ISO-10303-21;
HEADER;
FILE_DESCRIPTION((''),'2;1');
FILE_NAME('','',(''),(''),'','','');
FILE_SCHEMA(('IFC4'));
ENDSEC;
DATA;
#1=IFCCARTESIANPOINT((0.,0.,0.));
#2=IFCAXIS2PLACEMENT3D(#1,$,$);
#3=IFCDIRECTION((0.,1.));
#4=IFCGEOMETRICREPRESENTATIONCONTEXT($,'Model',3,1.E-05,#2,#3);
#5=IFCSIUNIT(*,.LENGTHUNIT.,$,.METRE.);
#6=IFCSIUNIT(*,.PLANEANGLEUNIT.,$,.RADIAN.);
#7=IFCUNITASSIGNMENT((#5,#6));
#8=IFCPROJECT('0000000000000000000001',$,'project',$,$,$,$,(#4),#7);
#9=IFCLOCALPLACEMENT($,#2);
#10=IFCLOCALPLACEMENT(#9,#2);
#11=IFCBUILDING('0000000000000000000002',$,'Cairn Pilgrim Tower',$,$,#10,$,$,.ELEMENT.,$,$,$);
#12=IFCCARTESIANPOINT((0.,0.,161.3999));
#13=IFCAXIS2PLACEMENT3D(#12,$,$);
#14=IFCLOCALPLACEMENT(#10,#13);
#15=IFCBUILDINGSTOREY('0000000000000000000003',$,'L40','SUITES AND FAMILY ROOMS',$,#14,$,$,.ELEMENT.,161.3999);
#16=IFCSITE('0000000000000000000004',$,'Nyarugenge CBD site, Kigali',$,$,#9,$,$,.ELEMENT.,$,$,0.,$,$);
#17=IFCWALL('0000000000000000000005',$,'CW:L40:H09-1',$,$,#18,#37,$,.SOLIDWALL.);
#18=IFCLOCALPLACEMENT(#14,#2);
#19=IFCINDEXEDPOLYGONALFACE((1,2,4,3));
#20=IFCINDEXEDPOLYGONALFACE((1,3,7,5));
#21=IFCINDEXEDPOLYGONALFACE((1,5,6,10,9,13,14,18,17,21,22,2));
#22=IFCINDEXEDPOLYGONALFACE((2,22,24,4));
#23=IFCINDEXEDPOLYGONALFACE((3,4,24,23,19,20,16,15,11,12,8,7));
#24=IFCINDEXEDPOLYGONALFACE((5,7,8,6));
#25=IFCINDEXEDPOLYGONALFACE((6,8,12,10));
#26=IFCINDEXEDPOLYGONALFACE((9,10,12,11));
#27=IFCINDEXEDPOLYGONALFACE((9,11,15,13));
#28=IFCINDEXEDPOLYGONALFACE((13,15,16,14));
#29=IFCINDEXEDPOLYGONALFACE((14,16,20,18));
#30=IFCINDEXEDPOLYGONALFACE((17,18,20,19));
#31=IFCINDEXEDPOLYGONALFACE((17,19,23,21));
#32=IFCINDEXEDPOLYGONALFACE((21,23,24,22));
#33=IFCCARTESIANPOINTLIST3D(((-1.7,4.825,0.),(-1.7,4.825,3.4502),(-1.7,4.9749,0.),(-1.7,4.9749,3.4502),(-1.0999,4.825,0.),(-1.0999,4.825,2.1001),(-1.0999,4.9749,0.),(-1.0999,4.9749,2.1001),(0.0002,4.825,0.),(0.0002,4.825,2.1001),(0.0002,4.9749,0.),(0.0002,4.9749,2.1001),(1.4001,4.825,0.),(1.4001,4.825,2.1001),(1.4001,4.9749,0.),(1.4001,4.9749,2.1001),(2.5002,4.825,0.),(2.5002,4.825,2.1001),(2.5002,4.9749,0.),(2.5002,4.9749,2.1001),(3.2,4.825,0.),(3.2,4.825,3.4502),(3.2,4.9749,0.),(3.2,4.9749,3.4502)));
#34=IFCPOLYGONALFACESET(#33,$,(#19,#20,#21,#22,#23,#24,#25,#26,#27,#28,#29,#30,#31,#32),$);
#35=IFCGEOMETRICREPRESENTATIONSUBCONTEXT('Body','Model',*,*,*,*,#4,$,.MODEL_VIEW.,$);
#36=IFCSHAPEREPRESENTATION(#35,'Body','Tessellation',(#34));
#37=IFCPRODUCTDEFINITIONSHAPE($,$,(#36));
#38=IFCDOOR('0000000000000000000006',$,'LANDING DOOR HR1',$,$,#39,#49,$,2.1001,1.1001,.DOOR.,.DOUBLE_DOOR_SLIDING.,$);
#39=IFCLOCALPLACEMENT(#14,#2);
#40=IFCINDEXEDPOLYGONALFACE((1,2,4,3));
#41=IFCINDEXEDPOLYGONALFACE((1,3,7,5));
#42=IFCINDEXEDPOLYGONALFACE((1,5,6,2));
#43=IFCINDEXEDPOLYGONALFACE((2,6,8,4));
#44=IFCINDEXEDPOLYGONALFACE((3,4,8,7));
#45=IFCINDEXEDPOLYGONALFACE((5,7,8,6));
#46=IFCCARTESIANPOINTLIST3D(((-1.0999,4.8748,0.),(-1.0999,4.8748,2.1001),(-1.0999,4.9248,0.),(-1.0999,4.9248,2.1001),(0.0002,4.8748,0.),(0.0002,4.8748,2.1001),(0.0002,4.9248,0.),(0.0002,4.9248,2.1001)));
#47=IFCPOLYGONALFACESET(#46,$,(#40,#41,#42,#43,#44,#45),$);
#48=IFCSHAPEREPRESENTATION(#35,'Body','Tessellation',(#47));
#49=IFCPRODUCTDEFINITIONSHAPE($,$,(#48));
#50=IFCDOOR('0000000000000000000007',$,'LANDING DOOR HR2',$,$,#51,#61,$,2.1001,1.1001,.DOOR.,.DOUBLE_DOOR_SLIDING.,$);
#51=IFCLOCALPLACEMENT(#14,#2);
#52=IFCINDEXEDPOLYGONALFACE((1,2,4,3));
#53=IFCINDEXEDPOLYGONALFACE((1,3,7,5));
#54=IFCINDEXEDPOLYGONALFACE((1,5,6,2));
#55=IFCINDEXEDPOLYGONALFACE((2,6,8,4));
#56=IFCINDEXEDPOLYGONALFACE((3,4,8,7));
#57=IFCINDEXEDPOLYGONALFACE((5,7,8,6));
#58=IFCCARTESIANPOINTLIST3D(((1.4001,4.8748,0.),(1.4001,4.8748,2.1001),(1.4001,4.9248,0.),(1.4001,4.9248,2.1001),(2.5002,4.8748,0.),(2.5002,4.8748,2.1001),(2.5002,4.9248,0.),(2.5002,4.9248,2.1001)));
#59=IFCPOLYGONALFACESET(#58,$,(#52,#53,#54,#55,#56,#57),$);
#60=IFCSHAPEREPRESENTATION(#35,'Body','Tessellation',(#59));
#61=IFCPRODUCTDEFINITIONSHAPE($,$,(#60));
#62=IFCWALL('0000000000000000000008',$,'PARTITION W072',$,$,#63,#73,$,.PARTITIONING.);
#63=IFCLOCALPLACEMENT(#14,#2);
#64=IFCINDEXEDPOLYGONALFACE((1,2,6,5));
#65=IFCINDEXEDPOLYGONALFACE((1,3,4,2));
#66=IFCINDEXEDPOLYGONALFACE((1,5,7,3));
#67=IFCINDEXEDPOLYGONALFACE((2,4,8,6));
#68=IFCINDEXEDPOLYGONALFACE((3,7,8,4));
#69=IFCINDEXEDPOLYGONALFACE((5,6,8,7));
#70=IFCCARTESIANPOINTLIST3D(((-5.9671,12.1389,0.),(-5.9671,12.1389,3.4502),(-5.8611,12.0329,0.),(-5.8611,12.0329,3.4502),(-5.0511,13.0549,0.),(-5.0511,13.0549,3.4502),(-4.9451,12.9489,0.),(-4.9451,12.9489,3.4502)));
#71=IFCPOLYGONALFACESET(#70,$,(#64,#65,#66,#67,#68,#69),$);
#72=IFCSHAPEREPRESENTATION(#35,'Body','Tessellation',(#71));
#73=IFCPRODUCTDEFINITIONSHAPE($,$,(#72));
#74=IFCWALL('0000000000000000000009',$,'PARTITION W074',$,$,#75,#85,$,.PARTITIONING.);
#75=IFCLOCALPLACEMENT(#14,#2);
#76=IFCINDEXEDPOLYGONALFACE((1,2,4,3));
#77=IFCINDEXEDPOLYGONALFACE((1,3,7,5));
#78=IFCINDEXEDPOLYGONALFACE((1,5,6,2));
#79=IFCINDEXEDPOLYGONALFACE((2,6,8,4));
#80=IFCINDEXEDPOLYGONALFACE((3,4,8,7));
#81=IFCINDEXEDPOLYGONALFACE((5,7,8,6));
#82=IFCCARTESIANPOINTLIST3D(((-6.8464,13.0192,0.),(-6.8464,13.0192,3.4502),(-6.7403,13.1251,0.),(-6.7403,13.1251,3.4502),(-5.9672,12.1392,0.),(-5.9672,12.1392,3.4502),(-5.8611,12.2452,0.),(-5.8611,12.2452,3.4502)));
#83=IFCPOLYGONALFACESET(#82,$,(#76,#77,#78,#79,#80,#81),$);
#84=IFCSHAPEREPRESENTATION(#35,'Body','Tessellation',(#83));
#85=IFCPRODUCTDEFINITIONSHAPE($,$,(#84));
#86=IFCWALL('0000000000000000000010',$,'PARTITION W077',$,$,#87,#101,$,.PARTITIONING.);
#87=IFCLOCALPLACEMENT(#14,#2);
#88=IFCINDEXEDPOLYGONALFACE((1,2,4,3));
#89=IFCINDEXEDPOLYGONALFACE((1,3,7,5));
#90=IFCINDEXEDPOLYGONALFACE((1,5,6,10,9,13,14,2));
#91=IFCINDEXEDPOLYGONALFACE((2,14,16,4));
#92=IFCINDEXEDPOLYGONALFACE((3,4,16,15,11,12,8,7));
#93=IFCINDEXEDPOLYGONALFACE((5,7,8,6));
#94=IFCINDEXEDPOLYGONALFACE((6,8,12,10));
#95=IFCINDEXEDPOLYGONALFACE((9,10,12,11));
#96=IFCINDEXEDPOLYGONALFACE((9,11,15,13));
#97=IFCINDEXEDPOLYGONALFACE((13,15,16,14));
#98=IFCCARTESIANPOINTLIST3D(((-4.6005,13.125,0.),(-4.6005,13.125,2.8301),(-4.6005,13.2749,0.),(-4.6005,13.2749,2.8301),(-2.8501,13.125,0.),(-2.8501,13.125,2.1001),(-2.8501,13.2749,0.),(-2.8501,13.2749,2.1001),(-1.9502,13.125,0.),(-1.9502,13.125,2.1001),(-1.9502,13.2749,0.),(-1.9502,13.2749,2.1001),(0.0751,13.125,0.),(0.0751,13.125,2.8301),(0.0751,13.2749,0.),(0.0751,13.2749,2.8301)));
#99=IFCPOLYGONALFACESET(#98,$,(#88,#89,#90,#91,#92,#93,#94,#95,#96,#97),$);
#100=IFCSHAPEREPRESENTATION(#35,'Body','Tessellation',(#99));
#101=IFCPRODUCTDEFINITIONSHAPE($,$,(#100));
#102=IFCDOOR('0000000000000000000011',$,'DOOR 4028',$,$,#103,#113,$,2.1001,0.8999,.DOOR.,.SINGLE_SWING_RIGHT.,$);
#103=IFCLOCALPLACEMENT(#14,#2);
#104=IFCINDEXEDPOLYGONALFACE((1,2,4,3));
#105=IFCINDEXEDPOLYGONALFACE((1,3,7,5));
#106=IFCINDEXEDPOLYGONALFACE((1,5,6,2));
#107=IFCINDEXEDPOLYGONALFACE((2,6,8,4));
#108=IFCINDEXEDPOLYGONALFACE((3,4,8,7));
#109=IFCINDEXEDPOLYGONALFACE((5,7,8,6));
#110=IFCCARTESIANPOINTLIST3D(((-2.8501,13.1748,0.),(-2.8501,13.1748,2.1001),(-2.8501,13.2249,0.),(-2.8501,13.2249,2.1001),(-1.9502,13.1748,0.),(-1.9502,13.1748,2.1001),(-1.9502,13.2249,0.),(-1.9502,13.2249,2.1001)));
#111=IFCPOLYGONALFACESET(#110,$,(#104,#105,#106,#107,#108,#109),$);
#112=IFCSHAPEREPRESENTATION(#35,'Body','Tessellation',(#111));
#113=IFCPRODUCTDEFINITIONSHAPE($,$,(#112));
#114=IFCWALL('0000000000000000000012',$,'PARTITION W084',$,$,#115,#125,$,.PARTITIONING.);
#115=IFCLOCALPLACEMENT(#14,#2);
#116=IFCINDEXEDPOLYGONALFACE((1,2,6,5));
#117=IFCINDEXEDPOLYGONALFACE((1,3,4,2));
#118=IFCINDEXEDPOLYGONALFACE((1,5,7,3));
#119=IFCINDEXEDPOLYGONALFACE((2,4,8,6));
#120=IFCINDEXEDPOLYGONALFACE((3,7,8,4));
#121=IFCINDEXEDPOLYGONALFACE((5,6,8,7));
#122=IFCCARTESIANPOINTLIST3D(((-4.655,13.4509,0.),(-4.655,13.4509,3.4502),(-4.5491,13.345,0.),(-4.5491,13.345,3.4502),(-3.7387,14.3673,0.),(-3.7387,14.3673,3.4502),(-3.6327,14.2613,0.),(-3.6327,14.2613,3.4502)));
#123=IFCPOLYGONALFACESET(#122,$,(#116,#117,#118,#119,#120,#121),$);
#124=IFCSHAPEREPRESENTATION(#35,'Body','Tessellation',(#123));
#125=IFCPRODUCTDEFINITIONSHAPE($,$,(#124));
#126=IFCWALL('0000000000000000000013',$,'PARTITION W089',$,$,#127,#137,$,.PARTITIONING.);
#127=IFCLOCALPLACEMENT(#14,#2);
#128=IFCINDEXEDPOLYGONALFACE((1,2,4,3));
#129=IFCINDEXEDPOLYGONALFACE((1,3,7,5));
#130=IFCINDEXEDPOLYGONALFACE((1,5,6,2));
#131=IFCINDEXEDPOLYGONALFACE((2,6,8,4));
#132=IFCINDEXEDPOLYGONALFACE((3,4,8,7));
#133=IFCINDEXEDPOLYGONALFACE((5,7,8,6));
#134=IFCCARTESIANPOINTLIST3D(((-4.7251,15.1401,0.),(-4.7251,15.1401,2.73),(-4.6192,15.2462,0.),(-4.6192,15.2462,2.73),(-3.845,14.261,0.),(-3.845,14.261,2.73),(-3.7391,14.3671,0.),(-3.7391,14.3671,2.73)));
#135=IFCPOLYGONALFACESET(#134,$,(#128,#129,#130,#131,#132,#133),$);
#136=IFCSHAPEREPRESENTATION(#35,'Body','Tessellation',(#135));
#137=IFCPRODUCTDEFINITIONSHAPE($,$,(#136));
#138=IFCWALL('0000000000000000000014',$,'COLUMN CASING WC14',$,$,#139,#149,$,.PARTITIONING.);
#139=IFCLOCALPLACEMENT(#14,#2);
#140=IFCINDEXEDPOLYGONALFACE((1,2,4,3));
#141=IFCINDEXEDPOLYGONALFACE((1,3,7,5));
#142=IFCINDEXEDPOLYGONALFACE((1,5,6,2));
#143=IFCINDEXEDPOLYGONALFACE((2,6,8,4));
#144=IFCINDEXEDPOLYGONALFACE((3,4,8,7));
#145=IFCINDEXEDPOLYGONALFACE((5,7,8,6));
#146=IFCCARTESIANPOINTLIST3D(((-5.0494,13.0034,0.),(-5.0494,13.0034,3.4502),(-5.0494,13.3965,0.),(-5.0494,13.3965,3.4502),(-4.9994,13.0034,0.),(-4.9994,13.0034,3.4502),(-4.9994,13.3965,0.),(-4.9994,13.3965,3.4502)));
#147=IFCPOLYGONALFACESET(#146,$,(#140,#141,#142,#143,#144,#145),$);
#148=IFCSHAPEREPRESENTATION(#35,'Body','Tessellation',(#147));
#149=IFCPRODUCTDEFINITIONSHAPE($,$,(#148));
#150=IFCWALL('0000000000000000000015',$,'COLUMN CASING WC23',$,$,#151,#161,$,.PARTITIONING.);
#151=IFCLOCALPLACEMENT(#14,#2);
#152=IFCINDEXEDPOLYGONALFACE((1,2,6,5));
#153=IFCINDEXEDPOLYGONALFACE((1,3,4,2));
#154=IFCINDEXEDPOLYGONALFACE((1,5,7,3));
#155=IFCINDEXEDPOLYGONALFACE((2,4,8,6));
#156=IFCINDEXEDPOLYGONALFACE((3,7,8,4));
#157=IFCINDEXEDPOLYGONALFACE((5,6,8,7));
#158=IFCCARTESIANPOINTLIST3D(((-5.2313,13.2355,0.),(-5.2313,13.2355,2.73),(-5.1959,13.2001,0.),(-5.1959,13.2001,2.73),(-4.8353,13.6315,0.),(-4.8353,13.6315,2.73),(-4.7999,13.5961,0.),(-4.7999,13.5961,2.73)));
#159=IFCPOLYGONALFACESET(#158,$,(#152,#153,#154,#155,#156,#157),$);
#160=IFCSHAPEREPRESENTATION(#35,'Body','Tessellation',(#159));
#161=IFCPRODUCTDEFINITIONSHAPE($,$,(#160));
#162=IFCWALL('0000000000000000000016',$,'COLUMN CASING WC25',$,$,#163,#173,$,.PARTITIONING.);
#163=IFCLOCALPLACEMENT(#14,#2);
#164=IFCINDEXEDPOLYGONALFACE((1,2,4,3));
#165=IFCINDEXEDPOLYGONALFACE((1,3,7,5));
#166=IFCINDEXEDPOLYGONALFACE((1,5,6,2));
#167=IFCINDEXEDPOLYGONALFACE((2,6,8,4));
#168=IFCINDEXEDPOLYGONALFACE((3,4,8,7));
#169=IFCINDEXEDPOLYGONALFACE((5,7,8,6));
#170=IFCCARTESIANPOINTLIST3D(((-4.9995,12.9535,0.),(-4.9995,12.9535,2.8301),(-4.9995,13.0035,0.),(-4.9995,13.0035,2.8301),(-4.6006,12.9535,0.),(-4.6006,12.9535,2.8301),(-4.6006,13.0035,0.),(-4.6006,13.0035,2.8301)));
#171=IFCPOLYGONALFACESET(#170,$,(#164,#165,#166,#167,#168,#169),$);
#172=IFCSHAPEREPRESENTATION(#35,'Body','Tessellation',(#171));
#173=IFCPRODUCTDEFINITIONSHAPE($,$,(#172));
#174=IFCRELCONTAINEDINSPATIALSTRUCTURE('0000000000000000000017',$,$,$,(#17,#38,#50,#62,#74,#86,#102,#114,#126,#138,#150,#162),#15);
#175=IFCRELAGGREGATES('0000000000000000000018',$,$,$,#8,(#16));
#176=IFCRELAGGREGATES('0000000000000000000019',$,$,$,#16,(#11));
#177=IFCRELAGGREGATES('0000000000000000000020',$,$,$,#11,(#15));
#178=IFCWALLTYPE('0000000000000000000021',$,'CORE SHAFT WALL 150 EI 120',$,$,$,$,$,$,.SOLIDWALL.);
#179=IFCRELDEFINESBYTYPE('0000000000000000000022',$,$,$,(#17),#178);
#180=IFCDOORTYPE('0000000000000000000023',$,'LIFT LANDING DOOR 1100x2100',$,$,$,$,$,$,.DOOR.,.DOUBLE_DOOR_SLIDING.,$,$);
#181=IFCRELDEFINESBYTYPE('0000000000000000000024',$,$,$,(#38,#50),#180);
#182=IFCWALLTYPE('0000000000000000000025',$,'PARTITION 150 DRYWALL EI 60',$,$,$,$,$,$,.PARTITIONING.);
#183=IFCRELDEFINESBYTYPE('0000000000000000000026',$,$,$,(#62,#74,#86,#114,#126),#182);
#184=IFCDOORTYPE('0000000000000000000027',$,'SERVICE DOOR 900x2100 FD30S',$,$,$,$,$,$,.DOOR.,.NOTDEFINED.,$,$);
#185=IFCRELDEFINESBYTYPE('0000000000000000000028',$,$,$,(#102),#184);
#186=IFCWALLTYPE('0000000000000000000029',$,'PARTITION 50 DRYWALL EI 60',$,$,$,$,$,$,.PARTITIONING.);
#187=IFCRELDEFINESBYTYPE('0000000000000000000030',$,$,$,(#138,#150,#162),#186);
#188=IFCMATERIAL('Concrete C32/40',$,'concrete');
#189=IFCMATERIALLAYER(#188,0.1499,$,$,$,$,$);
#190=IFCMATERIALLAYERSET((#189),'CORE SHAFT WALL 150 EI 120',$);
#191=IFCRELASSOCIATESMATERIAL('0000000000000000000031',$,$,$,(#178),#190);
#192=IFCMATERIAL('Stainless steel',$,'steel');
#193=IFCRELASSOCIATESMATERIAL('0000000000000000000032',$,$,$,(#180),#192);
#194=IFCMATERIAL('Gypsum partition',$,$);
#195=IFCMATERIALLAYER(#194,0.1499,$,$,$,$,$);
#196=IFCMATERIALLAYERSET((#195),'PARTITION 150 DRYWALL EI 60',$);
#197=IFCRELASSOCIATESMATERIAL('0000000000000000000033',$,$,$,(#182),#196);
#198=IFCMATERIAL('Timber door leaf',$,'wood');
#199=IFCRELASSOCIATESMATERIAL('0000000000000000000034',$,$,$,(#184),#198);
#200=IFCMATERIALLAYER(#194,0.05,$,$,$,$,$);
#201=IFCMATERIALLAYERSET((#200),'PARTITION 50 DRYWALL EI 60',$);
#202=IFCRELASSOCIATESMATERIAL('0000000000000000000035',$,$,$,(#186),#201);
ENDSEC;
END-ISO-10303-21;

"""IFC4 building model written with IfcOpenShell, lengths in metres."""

from ifc_helpers import new_model, si_unit, direction, frame, frame_2d, origin, place, context, subcontext, project, spatial, rectangle, extrude, material, layer, layer_set, type_object, element, fill, save


model = new_model("IFC4")

# Units and contexts
model_context = context("Model", 3, precision=1e-05, world=origin(), true_north=direction((0.0, 1.0)))
body_context = subcontext(model_context, "Body", "Model", "MODEL_VIEW")
ifc_project = project(units=[si_unit("LENGTHUNIT", "METRE"), si_unit("PLANEANGLEUNIT", "RADIAN")], contexts=[model_context])

# Site, building, storey
site_placement = place(None, origin())
site = spatial("IfcSite", under=ifc_project, at=site_placement, Name="Nyarugenge CBD site, Kigali", CompositionType="ELEMENT", RefElevation=0.0)
building_placement = place(site_placement, origin())
building = spatial("IfcBuilding", under=site, at=building_placement, Name="Cairn Pilgrim Tower", CompositionType="ELEMENT")
storey_placement = place(building_placement, frame((0.0, 0.0, 161.3999)))
storey = spatial("IfcBuildingStorey", under=building, at=storey_placement, Name="L40", Description="SUITES AND FAMILY ROOMS", CompositionType="ELEMENT", Elevation=161.3999)

# Wall, openings, doors
ifc_material_1 = material(Name="Concrete C32/40", Category="concrete")
ifc_layer_1 = layer(ifc_material_1, 0.1499)
ifc_layer_set_1 = layer_set([ifc_layer_1], Name="CORE SHAFT WALL 150 EI 120")
wall_type_1 = type_object("IfcWallType", Name="CORE SHAFT WALL 150 EI 120", PredefinedType="SOLIDWALL", material=ifc_layer_set_1)
wall_1_placement = place(storey_placement, frame((-1.7, 4.8999, 0.0), z_axis=(0.0, 0.0, 1.0), x_axis=(1.0, 0.0, 0.0)))
wall_1 = element("IfcWall", 1, at=wall_1_placement, inside=storey, type_object=wall_type_1, Name="CW:L40:H09-1", PredefinedType="SOLIDWALL", context=body_context, shape_type="SweptSolid", body=[
    extrude(rectangle(XDim=4.8999, YDim=0.1499, at=frame_2d((2.45, 0.0))), origin(), (0.0, 0.0, 1.0), 3.4502),
])
opening_1_placement = place(wall_1_placement, frame((0.6001, 0.0, 0.0)))
opening_1 = element("IfcOpeningElement", 2, at=opening_1_placement, cuts=wall_1, PredefinedType="OPENING", context=body_context, shape_type="SweptSolid", body=[
    extrude(rectangle(XDim=1.1001, YDim=2.1001, at=frame_2d((0.55, 1.05))), frame((0.0, 0.085, 0.0), z_axis=(0.0, -1.0, 0.0), x_axis=(1.0, 0.0, 0.0)), (0.0, 0.0, 1.0), 0.1699),
])
opening_2_placement = place(wall_1_placement, frame((3.1001, 0.0, 0.0)))
opening_2 = element("IfcOpeningElement", 3, at=opening_2_placement, cuts=wall_1, PredefinedType="OPENING", context=body_context, shape_type="SweptSolid", body=[
    extrude(rectangle(XDim=1.1001, YDim=2.1001, at=frame_2d((0.55, 1.05))), frame((0.0, 0.085, 0.0), z_axis=(0.0, -1.0, 0.0), x_axis=(1.0, 0.0, 0.0)), (0.0, 0.0, 1.0), 0.1699),
])
ifc_material_2 = material(Name="Stainless steel", Category="steel")
door_type_1 = type_object("IfcDoorType", Name="LIFT LANDING DOOR 1100x2100", OperationType="DOUBLE_DOOR_SLIDING", PredefinedType="DOOR", material=ifc_material_2)
door_1_placement = place(opening_1_placement, origin())
door_1 = element("IfcDoor", 4, at=door_1_placement, inside=storey, type_object=door_type_1, Name="LANDING DOOR HR1", OperationType="DOUBLE_DOOR_SLIDING", OverallHeight=2.1001, OverallWidth=1.1001, PredefinedType="DOOR", context=body_context, shape_type="SweptSolid", body=[
    extrude(rectangle(XDim=1.1001, YDim=2.1001, at=frame_2d((0.55, 1.05))), frame((0.0, 0.0249, 0.0), z_axis=(0.0, -1.0, 0.0), x_axis=(1.0, 0.0, 0.0)), (0.0, 0.0, 1.0), 0.05),
])
fill(opening_1, door_1)
door_2_placement = place(opening_2_placement, origin())
door_2 = element("IfcDoor", 5, at=door_2_placement, inside=storey, type_object=door_type_1, Name="LANDING DOOR HR2", OperationType="DOUBLE_DOOR_SLIDING", OverallHeight=2.1001, OverallWidth=1.1001, PredefinedType="DOOR", context=body_context, shape_type="SweptSolid", body=[
    extrude(rectangle(XDim=1.1001, YDim=2.1001, at=frame_2d((0.55, 1.05))), frame((0.0, 0.0249, 0.0), z_axis=(0.0, -1.0, 0.0), x_axis=(1.0, 0.0, 0.0)), (0.0, 0.0, 1.0), 0.05),
])
fill(opening_2, door_2)

# Walls
ifc_material_3 = material(Name="Gypsum partition")
ifc_layer_2 = layer(ifc_material_3, 0.1499)
ifc_layer_set_2 = layer_set([ifc_layer_2], Name="PARTITION 150 DRYWALL EI 60")
wall_type_2 = type_object("IfcWallType", Name="PARTITION 150 DRYWALL EI 60", PredefinedType="PARTITIONING", material=ifc_layer_set_2)
wall_2_placement = place(storey_placement, frame((-5.9141, 12.0859, 0.0), z_axis=(0.0, 0.0, 1.0), x_axis=(0.707107, 0.707107, 0.0)))
element("IfcWall", 6, at=wall_2_placement, inside=storey, type_object=wall_type_2, Name="PARTITION W072", PredefinedType="PARTITIONING", context=body_context, shape_type="SweptSolid", body=[
    extrude(rectangle(XDim=1.2954, YDim=0.1499, at=frame_2d((0.6477, 0.0))), origin(), (0.0, 0.0, 1.0), 3.4502),
])
wall_3_placement = place(storey_placement, frame((-5.9141, 12.1921, 0.0), z_axis=(0.0, 0.0, 1.0), x_axis=(-0.706812, 0.707401, 0.0)))
element("IfcWall", 7, at=wall_3_placement, inside=storey, type_object=wall_type_2, Name="PARTITION W074", PredefinedType="PARTITIONING", context=body_context, shape_type="SweptSolid", body=[
    extrude(rectangle(XDim=1.2439, YDim=0.1499, at=frame_2d((0.6221, 0.0))), origin(), (0.0, 0.0, 1.0), 3.4502),
])

# Wall, opening, door
wall_4_placement = place(storey_placement, frame((-4.6006, 13.2, 0.0), z_axis=(0.0, 0.0, 1.0), x_axis=(1.0, 0.0, 0.0)))
wall_4 = element("IfcWall", 8, at=wall_4_placement, inside=storey, type_object=wall_type_2, Name="PARTITION W077", PredefinedType="PARTITIONING", context=body_context, shape_type="SweptSolid", body=[
    extrude(rectangle(XDim=4.6755, YDim=0.1499, at=frame_2d((2.3379, 0.0))), origin(), (0.0, 0.0, 1.0), 2.8301),
])
opening_3_placement = place(wall_4_placement, frame((1.7505, 0.0, 0.0)))
opening_3 = element("IfcOpeningElement", 9, at=opening_3_placement, cuts=wall_4, PredefinedType="OPENING", context=body_context, shape_type="SweptSolid", body=[
    extrude(rectangle(XDim=0.8999, YDim=2.1001, at=frame_2d((0.45, 1.05))), frame((0.0, 0.085, 0.0), z_axis=(0.0, -1.0, 0.0), x_axis=(1.0, 0.0, 0.0)), (0.0, 0.0, 1.0), 0.1699),
])
ifc_material_4 = material(Name="Timber door leaf", Category="wood")
door_type_2 = type_object("IfcDoorType", Name="SERVICE DOOR 900x2100 FD30S", OperationType="NOTDEFINED", PredefinedType="DOOR", material=ifc_material_4)
door_3_placement = place(opening_3_placement, origin())
door_3 = element("IfcDoor", 10, at=door_3_placement, inside=storey, type_object=door_type_2, Name="DOOR 4028", OperationType="SINGLE_SWING_RIGHT", OverallHeight=2.1001, OverallWidth=0.8999, PredefinedType="DOOR", context=body_context, shape_type="SweptSolid", body=[
    extrude(rectangle(XDim=0.8999, YDim=2.1001, at=frame_2d((0.45, 1.05))), frame((0.0, 0.0249, 0.0), z_axis=(0.0, -1.0, 0.0), x_axis=(1.0, 0.0, 0.0)), (0.0, 0.0, 1.0), 0.05),
])
fill(opening_3, door_3)

# Walls
wall_5_placement = place(storey_placement, frame((-4.6021, 13.3979, 0.0), z_axis=(0.0, 0.0, 1.0), x_axis=(0.707107, 0.707107, 0.0)))
element("IfcWall", 11, at=wall_5_placement, inside=storey, type_object=wall_type_2, Name="PARTITION W084", PredefinedType="PARTITIONING", context=body_context, shape_type="SweptSolid", body=[
    extrude(rectangle(XDim=1.2959, YDim=0.1499, at=frame_2d((0.6479, 0.0))), origin(), (0.0, 0.0, 1.0), 3.4502),
])
wall_6_placement = place(storey_placement, frame((-3.792, 14.314, 0.0), z_axis=(0.0, 0.0, 1.0), x_axis=(-0.707499, 0.706714, 0.0)))
element("IfcWall", 12, at=wall_6_placement, inside=storey, type_object=wall_type_2, Name="PARTITION W089", PredefinedType="PARTITIONING", context=body_context, shape_type="SweptSolid", body=[
    extrude(rectangle(XDim=1.2439, YDim=0.1499, at=frame_2d((0.6221, 0.0))), origin(), (0.0, 0.0, 1.0), 2.73),
])
ifc_layer_3 = layer(ifc_material_3, 0.05)
ifc_layer_set_3 = layer_set([ifc_layer_3], Name="PARTITION 50 DRYWALL EI 60")
wall_type_3 = type_object("IfcWallType", Name="PARTITION 50 DRYWALL EI 60", PredefinedType="PARTITIONING", material=ifc_layer_set_3)
wall_7_placement = place(storey_placement, frame((-5.0244, 13.0034, 0.0), z_axis=(0.0, 0.0, 1.0), x_axis=(0.0, 1.0, 0.0)))
element("IfcWall", 13, at=wall_7_placement, inside=storey, type_object=wall_type_3, Name="COLUMN CASING WC14", PredefinedType="PARTITIONING", context=body_context, shape_type="SweptSolid", body=[
    extrude(rectangle(XDim=0.3931, YDim=0.05, at=frame_2d((0.1965, 0.0))), origin(), (0.0, 0.0, 1.0), 3.4502),
])
wall_8_placement = place(storey_placement, frame((-5.2136, 13.2178, 0.0), z_axis=(0.0, 0.0, 1.0), x_axis=(0.707107, 0.707107, 0.0)))
element("IfcWall", 14, at=wall_8_placement, inside=storey, type_object=wall_type_3, Name="COLUMN CASING WC23", PredefinedType="PARTITIONING", context=body_context, shape_type="SweptSolid", body=[
    extrude(rectangle(XDim=0.5601, YDim=0.05, at=frame_2d((0.28, 0.0))), origin(), (0.0, 0.0, 1.0), 2.73),
])
wall_9_placement = place(storey_placement, frame((-4.9995, 12.9785, 0.0), z_axis=(0.0, 0.0, 1.0), x_axis=(1.0, 0.0, 0.0)))
element("IfcWall", 15, at=wall_9_placement, inside=storey, type_object=wall_type_3, Name="COLUMN CASING WC25", PredefinedType="PARTITIONING", context=body_context, shape_type="SweptSolid", body=[
    extrude(rectangle(XDim=0.3989, YDim=0.05, at=frame_2d((0.1995, 0.0))), origin(), (0.0, 0.0, 1.0), 2.8301),
])

save(model, "model.ifc")
